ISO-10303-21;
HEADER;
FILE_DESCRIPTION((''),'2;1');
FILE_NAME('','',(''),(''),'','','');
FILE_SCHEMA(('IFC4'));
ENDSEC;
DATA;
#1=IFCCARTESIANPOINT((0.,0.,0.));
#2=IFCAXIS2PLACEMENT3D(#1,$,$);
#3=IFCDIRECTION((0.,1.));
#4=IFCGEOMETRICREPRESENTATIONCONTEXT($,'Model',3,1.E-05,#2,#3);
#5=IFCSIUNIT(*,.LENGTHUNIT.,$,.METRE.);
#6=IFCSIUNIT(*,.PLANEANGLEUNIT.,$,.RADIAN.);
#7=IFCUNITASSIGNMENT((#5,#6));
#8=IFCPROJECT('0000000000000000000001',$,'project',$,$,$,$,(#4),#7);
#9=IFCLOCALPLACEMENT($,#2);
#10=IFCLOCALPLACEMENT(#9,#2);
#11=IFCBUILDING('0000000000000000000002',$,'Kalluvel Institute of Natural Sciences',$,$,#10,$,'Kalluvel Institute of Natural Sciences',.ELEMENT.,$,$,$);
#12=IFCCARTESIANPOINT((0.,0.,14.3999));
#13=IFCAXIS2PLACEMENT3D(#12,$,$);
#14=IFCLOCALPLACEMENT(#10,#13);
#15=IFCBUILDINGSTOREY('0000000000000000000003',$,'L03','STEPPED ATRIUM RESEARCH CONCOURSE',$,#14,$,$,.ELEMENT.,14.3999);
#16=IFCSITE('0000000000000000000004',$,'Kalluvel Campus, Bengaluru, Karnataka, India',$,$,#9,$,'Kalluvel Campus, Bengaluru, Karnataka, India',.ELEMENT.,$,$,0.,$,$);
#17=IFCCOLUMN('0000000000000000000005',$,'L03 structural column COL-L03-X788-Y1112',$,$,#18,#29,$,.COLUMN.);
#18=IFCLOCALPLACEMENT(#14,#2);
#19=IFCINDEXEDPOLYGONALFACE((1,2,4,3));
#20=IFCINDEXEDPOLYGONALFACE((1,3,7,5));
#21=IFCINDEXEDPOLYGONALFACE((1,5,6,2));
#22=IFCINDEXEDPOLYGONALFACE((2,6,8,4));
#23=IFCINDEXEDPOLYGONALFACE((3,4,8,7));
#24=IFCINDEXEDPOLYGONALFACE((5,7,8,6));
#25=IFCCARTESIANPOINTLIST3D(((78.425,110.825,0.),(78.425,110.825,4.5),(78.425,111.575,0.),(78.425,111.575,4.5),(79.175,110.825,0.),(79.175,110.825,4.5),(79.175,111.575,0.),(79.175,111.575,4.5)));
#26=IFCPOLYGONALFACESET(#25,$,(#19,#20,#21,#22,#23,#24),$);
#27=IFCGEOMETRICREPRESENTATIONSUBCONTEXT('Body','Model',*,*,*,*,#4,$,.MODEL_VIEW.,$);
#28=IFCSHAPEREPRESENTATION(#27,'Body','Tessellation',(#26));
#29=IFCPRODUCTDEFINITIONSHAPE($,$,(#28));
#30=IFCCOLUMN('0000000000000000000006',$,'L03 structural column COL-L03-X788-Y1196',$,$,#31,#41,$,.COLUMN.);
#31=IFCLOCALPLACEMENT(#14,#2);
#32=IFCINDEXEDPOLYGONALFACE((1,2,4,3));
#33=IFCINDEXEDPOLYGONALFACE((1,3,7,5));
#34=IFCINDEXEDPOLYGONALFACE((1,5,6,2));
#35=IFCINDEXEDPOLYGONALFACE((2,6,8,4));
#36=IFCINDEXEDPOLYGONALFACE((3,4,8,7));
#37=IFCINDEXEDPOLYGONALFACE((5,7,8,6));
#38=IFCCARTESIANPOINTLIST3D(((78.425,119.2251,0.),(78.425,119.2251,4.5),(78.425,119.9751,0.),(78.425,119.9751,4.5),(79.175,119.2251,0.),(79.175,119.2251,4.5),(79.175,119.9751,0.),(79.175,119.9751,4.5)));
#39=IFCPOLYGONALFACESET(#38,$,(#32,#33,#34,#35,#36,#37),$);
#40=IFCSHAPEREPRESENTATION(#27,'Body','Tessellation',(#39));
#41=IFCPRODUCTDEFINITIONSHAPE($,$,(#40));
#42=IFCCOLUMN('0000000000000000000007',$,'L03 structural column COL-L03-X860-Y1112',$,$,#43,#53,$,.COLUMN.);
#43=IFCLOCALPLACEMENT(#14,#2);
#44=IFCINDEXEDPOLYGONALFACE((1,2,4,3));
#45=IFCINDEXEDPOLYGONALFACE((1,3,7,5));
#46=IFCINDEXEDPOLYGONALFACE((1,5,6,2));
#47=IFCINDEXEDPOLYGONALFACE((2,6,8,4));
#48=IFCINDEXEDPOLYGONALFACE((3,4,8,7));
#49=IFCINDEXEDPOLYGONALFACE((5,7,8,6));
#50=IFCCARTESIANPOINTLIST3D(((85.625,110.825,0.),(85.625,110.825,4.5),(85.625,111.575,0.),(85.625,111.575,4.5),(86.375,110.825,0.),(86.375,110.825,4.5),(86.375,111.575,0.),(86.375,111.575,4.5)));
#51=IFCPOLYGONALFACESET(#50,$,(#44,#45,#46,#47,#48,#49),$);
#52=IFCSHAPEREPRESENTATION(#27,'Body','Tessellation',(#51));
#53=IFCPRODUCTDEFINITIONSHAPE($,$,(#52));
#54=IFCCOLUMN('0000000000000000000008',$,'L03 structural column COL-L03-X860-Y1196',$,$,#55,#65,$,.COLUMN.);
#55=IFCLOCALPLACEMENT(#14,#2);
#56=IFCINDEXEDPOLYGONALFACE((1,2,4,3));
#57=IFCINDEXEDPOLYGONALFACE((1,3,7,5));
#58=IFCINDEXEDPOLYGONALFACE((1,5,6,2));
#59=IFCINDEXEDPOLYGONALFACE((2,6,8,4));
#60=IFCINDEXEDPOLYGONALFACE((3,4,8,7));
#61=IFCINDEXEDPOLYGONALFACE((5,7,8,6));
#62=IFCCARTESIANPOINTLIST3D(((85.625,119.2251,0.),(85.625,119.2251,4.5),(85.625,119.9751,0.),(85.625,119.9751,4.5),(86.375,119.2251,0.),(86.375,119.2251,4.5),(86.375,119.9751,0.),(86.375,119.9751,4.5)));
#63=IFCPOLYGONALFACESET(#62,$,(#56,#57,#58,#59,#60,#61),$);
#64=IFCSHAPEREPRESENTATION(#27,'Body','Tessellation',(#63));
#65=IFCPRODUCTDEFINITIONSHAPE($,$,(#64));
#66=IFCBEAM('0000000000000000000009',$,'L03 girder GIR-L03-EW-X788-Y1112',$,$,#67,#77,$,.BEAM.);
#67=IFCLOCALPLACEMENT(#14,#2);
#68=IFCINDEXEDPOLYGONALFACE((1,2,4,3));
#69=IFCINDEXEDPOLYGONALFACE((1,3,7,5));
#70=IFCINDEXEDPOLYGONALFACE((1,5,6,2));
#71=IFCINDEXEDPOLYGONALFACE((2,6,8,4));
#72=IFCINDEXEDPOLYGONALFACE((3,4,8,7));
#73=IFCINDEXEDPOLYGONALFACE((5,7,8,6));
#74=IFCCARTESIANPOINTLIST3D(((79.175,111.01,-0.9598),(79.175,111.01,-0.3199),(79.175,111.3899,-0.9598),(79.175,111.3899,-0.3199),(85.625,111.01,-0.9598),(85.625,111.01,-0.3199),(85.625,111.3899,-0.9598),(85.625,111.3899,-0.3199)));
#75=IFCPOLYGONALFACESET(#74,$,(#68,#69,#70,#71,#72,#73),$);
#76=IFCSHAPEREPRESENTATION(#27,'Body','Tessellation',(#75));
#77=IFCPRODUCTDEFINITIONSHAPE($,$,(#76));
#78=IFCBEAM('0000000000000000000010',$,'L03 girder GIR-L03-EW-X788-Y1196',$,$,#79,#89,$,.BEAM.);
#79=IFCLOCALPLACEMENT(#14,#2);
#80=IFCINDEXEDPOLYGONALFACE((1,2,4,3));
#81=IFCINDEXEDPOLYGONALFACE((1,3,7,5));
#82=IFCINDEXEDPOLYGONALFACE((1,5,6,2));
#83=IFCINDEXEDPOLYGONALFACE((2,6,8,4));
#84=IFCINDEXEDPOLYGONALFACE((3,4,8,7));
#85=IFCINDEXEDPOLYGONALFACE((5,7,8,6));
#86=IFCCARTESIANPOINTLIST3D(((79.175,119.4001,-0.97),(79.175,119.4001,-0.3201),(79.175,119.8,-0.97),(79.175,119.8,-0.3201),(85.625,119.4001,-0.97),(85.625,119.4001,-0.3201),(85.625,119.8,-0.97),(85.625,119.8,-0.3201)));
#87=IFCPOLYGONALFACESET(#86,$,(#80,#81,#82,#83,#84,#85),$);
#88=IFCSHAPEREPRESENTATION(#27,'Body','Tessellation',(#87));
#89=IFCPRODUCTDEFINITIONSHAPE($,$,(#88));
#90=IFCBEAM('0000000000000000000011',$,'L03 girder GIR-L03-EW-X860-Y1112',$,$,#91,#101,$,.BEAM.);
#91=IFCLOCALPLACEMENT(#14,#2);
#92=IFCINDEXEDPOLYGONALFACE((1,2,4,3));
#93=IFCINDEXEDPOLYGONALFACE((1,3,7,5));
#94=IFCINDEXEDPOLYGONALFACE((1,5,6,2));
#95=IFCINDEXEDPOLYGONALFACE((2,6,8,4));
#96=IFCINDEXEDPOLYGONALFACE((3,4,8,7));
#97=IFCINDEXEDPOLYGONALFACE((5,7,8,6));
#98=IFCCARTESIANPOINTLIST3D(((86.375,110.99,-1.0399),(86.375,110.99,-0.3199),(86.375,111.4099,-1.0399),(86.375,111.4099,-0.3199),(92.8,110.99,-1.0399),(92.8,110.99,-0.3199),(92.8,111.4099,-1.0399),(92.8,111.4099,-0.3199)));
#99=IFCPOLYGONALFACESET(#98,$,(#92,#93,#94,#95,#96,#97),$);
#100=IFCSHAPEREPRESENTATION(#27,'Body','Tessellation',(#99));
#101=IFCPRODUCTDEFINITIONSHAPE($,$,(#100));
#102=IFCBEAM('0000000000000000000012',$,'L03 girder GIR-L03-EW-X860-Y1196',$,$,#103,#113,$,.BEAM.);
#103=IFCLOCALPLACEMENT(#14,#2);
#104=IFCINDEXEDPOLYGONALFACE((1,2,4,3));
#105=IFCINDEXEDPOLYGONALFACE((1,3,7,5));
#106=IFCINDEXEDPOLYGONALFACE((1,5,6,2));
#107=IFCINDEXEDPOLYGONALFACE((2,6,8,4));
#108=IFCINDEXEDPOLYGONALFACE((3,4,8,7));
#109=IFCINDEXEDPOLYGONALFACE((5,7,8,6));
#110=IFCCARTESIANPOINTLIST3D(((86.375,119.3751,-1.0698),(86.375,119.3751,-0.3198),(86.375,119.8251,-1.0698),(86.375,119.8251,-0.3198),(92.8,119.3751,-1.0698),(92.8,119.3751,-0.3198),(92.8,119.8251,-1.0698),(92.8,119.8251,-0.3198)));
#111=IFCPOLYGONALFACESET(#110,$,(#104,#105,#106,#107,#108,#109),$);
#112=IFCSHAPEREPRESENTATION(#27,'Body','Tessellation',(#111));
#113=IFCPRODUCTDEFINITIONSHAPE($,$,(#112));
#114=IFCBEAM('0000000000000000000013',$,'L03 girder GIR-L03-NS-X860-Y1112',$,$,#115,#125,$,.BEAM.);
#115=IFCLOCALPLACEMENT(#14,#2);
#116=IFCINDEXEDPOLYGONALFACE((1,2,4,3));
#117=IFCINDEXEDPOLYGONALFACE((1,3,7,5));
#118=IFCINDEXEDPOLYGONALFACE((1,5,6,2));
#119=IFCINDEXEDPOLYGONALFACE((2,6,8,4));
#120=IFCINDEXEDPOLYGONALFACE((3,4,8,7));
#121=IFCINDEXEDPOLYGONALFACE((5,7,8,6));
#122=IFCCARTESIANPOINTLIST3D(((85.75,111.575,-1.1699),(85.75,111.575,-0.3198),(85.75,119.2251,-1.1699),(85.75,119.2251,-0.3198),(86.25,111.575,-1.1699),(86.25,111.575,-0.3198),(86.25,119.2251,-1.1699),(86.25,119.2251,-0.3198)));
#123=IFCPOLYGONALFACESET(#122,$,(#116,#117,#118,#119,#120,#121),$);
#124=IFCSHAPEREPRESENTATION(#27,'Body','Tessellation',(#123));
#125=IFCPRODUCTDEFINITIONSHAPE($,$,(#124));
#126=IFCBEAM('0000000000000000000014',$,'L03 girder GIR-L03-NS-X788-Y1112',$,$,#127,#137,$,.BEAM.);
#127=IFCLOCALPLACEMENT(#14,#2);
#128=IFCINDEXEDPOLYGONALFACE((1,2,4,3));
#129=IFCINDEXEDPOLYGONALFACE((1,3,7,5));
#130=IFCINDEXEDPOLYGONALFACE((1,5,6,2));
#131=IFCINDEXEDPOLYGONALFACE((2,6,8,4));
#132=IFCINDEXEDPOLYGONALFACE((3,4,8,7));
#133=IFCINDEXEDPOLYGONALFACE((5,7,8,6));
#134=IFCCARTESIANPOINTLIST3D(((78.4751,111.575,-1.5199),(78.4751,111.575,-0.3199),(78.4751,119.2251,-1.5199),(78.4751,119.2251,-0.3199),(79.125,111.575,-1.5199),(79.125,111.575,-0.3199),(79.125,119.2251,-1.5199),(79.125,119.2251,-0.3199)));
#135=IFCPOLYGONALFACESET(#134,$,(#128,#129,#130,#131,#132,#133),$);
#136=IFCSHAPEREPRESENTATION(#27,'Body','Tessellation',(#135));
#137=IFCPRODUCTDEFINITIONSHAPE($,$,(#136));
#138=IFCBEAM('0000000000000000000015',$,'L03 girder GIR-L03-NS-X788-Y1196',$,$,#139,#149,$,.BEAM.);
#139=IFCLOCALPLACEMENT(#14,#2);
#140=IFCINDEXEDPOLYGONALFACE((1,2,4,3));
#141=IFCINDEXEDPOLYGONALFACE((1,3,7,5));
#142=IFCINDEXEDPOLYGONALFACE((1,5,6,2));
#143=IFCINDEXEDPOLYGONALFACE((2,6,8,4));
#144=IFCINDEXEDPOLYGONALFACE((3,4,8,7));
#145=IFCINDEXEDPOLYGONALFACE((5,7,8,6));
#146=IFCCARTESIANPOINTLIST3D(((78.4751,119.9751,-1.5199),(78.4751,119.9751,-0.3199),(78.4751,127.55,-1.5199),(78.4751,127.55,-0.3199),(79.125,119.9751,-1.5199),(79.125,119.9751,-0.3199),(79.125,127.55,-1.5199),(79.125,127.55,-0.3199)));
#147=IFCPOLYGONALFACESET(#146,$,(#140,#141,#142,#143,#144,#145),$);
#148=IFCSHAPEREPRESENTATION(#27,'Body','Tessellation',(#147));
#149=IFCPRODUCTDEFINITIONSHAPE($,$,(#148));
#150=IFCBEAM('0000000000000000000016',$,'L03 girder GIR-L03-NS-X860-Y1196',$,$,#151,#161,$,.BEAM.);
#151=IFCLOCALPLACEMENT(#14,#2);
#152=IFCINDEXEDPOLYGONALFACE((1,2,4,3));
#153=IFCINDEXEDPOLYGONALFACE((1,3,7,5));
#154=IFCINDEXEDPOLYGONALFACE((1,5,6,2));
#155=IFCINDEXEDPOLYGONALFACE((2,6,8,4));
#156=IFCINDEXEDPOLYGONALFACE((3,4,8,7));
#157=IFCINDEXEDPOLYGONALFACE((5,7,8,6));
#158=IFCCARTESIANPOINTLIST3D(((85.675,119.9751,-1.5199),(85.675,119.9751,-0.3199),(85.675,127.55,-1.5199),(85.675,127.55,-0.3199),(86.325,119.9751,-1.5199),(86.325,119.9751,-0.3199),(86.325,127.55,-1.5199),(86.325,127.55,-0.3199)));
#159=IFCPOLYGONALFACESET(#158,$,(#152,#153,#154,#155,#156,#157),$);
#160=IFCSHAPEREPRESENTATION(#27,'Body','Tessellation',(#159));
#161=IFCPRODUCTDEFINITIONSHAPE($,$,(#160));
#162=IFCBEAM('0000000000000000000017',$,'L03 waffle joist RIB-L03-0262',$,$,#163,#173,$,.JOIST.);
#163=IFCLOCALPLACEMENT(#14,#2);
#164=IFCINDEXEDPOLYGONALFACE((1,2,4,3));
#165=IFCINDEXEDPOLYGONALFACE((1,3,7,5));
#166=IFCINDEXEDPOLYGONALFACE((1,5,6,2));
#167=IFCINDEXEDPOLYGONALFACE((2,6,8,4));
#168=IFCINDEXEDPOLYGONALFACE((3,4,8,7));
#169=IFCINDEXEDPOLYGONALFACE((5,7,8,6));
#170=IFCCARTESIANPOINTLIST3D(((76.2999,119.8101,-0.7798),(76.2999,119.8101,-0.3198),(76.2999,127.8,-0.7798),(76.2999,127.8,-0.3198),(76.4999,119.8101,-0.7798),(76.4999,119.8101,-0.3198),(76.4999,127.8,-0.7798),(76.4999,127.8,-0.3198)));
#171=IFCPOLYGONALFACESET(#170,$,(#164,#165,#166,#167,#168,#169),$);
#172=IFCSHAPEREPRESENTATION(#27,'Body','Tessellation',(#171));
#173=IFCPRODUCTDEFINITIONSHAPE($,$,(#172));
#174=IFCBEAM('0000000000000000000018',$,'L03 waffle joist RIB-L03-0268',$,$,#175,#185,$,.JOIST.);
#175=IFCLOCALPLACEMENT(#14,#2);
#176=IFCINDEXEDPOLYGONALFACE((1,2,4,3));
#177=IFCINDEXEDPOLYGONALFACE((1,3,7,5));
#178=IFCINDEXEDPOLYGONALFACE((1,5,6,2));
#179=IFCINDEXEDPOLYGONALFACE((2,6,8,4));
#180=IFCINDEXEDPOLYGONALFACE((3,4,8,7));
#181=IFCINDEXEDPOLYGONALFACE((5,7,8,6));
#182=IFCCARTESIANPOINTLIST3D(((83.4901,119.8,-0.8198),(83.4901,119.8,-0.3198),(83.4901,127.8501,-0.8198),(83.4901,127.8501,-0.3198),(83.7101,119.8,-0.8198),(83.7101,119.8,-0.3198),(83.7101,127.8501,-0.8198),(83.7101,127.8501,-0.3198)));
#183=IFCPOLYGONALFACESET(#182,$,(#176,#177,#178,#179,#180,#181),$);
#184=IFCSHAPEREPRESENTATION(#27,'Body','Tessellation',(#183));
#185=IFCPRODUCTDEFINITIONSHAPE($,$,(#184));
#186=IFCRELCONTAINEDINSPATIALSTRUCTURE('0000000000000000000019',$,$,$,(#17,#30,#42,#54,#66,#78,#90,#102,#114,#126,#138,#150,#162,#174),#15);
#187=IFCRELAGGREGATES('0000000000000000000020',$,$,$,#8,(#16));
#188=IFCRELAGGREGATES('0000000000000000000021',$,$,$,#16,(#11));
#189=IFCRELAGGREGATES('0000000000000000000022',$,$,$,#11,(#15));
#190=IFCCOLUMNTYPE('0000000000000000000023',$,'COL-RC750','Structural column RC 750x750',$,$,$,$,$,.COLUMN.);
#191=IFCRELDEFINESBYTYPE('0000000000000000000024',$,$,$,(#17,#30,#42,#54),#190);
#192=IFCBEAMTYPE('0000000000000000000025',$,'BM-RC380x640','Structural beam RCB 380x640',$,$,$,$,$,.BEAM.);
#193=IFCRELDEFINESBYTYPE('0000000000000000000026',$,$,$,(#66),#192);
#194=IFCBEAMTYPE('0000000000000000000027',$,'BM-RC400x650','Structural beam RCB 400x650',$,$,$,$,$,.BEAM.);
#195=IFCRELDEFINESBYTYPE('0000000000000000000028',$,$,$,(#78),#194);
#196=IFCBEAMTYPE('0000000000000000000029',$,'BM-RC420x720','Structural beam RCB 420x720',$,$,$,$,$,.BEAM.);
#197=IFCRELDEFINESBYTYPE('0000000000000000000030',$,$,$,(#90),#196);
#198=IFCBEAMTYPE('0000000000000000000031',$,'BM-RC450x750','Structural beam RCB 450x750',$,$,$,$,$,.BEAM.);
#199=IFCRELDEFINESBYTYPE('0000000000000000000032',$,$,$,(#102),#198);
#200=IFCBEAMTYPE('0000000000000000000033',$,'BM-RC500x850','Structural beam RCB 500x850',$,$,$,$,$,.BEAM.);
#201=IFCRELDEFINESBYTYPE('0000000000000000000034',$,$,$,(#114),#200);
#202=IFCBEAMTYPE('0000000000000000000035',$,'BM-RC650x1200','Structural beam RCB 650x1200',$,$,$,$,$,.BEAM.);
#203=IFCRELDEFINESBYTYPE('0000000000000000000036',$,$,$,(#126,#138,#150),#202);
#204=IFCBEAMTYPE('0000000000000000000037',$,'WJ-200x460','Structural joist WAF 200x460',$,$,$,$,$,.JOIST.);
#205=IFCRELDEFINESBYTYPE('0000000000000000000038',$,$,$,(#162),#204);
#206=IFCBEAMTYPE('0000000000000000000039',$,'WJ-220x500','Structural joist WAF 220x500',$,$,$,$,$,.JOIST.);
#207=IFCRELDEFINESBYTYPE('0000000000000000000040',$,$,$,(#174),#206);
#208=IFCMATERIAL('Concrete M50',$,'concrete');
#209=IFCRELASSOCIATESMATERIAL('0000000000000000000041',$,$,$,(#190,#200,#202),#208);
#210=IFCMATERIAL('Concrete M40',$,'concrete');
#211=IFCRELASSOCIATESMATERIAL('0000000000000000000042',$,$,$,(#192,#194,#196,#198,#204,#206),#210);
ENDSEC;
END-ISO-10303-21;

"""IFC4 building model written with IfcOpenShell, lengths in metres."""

from ifc_helpers import new_model, si_unit, direction, frame, origin, origin_2d, place, context, subcontext, project, spatial, rectangle, extrude, material, material_profile, profile_set, type_object, element, save


model = new_model("IFC4")

# Units and contexts
model_context = context("Model", 3, precision=1e-05, world=origin(), true_north=direction((0.0, 1.0)))
body_context = subcontext(model_context, "Body", "Model", "MODEL_VIEW")
ifc_project = project(units=[si_unit("LENGTHUNIT", "METRE"), si_unit("PLANEANGLEUNIT", "RADIAN")], contexts=[model_context])

# Site, building, storey
site_placement = place(None, origin())
site = spatial("IfcSite", under=ifc_project, at=site_placement, Name="Kalluvel Campus, Bengaluru, Karnataka, India", LongName="Kalluvel Campus, Bengaluru, Karnataka, India", CompositionType="ELEMENT", RefElevation=0.0)
building_placement = place(site_placement, origin())
building = spatial("IfcBuilding", under=site, at=building_placement, Name="Kalluvel Institute of Natural Sciences", LongName="Kalluvel Institute of Natural Sciences", CompositionType="ELEMENT")
storey_placement = place(building_placement, frame((0.0, 0.0, 14.3999)))
storey = spatial("IfcBuildingStorey", under=building, at=storey_placement, Name="L03", Description="STEPPED ATRIUM RESEARCH CONCOURSE", CompositionType="ELEMENT", Elevation=14.3999)

# Columns
ifc_material_1 = material(Name="Concrete M50", Category="concrete")
ifc_material_profile_1 = material_profile(ifc_material_1, rectangle(XDim=0.75, YDim=0.75, at=origin_2d()), Name="RC 750x750")
ifc_profile_set_1 = profile_set([ifc_material_profile_1], Name="Concrete M50")
column_type = type_object("IfcColumnType", Name="COL-RC750", Description="Structural column RC 750x750", PredefinedType="COLUMN", material=ifc_profile_set_1)
for number, where, z_axis, x_axis, name in (
    (1, (78.8, 111.2, 0.0), (0.0, 0.0, 1.0), (1.0, 0.0, 0.0), "L03 structural column COL-L03-X788-Y1112"),
    (2, (78.8, 119.6001, 0.0), (0.0, 0.0, 1.0), (1.0, 0.0, 0.0), "L03 structural column COL-L03-X788-Y1196"),
    (3, (86.0, 111.2, 0.0), (0.0, 0.0, 1.0), (1.0, 0.0, 0.0), "L03 structural column COL-L03-X860-Y1112"),
    (4, (86.0, 119.6001, 0.0), (0.0, 0.0, 1.0), (1.0, 0.0, 0.0), "L03 structural column COL-L03-X860-Y1196"),
):
    element("IfcColumn", number, at=place(storey_placement, frame(where, z_axis=z_axis, x_axis=x_axis)), inside=storey, type_object=column_type, Name=name, PredefinedType="COLUMN", context=body_context, shape_type="SweptSolid", body=[
        extrude(rectangle(XDim=0.75, YDim=0.75, at=origin_2d()), origin(), (0.0, 0.0, 1.0), 4.5),
    ])

# Beams
ifc_material_2 = material(Name="Concrete M40", Category="concrete")
ifc_material_profile_2 = material_profile(ifc_material_2, rectangle(XDim=0.3799, YDim=0.6399, at=origin_2d()), Name="RCB 380x640")
ifc_profile_set_2 = profile_set([ifc_material_profile_2], Name="Concrete M40")
beam_type_1 = type_object("IfcBeamType", Name="BM-RC380x640", Description="Structural beam RCB 380x640", PredefinedType="BEAM", material=ifc_profile_set_2)
beam_1_placement = place(storey_placement, frame((79.175, 111.2, -0.6399), z_axis=(1.0, 0.0, 0.0), x_axis=(0.0, 1.0, 0.0)))
element("IfcBeam", 5, at=beam_1_placement, inside=storey, type_object=beam_type_1, Name="L03 girder GIR-L03-EW-X788-Y1112", PredefinedType="BEAM", context=body_context, shape_type="SweptSolid", body=[
    extrude(rectangle(XDim=0.3799, YDim=0.6399, at=origin_2d()), origin(), (0.0, 0.0, 1.0), 6.45),
])
ifc_material_profile_3 = material_profile(ifc_material_2, rectangle(XDim=0.3999, YDim=0.6499, at=origin_2d()), Name="RCB 400x650")
ifc_profile_set_3 = profile_set([ifc_material_profile_3], Name="Concrete M40")
beam_type_2 = type_object("IfcBeamType", Name="BM-RC400x650", Description="Structural beam RCB 400x650", PredefinedType="BEAM", material=ifc_profile_set_3)
beam_2_placement = place(storey_placement, frame((79.175, 119.6001, -0.645), z_axis=(1.0, 0.0, 0.0), x_axis=(0.0, 1.0, 0.0)))
element("IfcBeam", 6, at=beam_2_placement, inside=storey, type_object=beam_type_2, Name="L03 girder GIR-L03-EW-X788-Y1196", PredefinedType="BEAM", context=body_context, shape_type="SweptSolid", body=[
    extrude(rectangle(XDim=0.3999, YDim=0.6499, at=origin_2d()), origin(), (0.0, 0.0, 1.0), 6.45),
])
ifc_material_profile_4 = material_profile(ifc_material_2, rectangle(XDim=0.4199, YDim=0.72, at=origin_2d()), Name="RCB 420x720")
ifc_profile_set_4 = profile_set([ifc_material_profile_4], Name="Concrete M40")
beam_type_3 = type_object("IfcBeamType", Name="BM-RC420x720", Description="Structural beam RCB 420x720", PredefinedType="BEAM", material=ifc_profile_set_4)
beam_3_placement = place(storey_placement, frame((86.375, 111.2, -0.6799), z_axis=(1.0, 0.0, 0.0), x_axis=(0.0, 1.0, 0.0)))
element("IfcBeam", 7, at=beam_3_placement, inside=storey, type_object=beam_type_3, Name="L03 girder GIR-L03-EW-X860-Y1112", PredefinedType="BEAM", context=body_context, shape_type="SweptSolid", body=[
    extrude(rectangle(XDim=0.4199, YDim=0.72, at=origin_2d()), origin(), (0.0, 0.0, 1.0), 6.425),
])
ifc_material_profile_5 = material_profile(ifc_material_2, rectangle(XDim=0.45, YDim=0.75, at=origin_2d()), Name="RCB 450x750")
ifc_profile_set_5 = profile_set([ifc_material_profile_5], Name="Concrete M40")
beam_type_4 = type_object("IfcBeamType", Name="BM-RC450x750", Description="Structural beam RCB 450x750", PredefinedType="BEAM", material=ifc_profile_set_5)
beam_4_placement = place(storey_placement, frame((86.375, 119.6001, -0.6948), z_axis=(1.0, 0.0, 0.0), x_axis=(0.0, 1.0, 0.0)))
element("IfcBeam", 8, at=beam_4_placement, inside=storey, type_object=beam_type_4, Name="L03 girder GIR-L03-EW-X860-Y1196", PredefinedType="BEAM", context=body_context, shape_type="SweptSolid", body=[
    extrude(rectangle(XDim=0.45, YDim=0.75, at=origin_2d()), origin(), (0.0, 0.0, 1.0), 6.425),
])
ifc_material_profile_6 = material_profile(ifc_material_1, rectangle(XDim=0.5, YDim=0.8501, at=origin_2d()), Name="RCB 500x850")
ifc_profile_set_6 = profile_set([ifc_material_profile_6], Name="Concrete M50")
beam_type_5 = type_object("IfcBeamType", Name="BM-RC500x850", Description="Structural beam RCB 500x850", PredefinedType="BEAM", material=ifc_profile_set_6)
beam_5_placement = place(storey_placement, frame((86.0, 111.575, -0.7449), z_axis=(0.0, 1.0, 0.0), x_axis=(-1.0, 0.0, 0.0)))
element("IfcBeam", 9, at=beam_5_placement, inside=storey, type_object=beam_type_5, Name="L03 girder GIR-L03-NS-X860-Y1112", PredefinedType="BEAM", context=body_context, shape_type="SweptSolid", body=[
    extrude(rectangle(XDim=0.5, YDim=0.8501, at=origin_2d()), origin(), (0.0, 0.0, 1.0), 7.6501),
])
ifc_material_profile_7 = material_profile(ifc_material_1, rectangle(XDim=0.6499, YDim=1.2, at=origin_2d()), Name="RCB 650x1200")
ifc_profile_set_7 = profile_set([ifc_material_profile_7], Name="Concrete M50")
beam_type_6 = type_object("IfcBeamType", Name="BM-RC650x1200", Description="Structural beam RCB 650x1200", PredefinedType="BEAM", material=ifc_profile_set_7)
beam_6_placement = place(storey_placement, frame((78.8, 111.575, -0.9199), z_axis=(0.0, 1.0, 0.0), x_axis=(-1.0, 0.0, 0.0)))
element("IfcBeam", 10, at=beam_6_placement, inside=storey, type_object=beam_type_6, Name="L03 girder GIR-L03-NS-X788-Y1112", PredefinedType="BEAM", context=body_context, shape_type="SweptSolid", body=[
    extrude(rectangle(XDim=0.6499, YDim=1.2, at=origin_2d()), origin(), (0.0, 0.0, 1.0), 7.6501),
])
for number, where, z_axis, x_axis, name in (
    (11, (78.8, 119.9751, -0.9199), (0.0, 1.0, 0.0), (-1.0, 0.0, 0.0), "L03 girder GIR-L03-NS-X788-Y1196"),
    (12, (86.0, 119.9751, -0.9199), (0.0, 1.0, 0.0), (-1.0, 0.0, 0.0), "L03 girder GIR-L03-NS-X860-Y1196"),
):
    element("IfcBeam", number, at=place(storey_placement, frame(where, z_axis=z_axis, x_axis=x_axis)), inside=storey, type_object=beam_type_6, Name=name, PredefinedType="BEAM", context=body_context, shape_type="SweptSolid", body=[
        extrude(rectangle(XDim=0.6499, YDim=1.2, at=origin_2d()), origin(), (0.0, 0.0, 1.0), 7.575),
    ])
ifc_material_profile_8 = material_profile(ifc_material_2, rectangle(XDim=0.2, YDim=0.46, at=origin_2d()), Name="WAF 200x460")
ifc_profile_set_8 = profile_set([ifc_material_profile_8], Name="Concrete M40")
beam_type_7 = type_object("IfcBeamType", Name="WJ-200x460", Description="Structural joist WAF 200x460", PredefinedType="JOIST", material=ifc_profile_set_8)
beam_7_placement = place(storey_placement, frame((76.3999, 119.8101, -0.5498), z_axis=(0.0, 1.0, 0.0), x_axis=(-1.0, 0.0, 0.0)))
element("IfcBeam", 13, at=beam_7_placement, inside=storey, type_object=beam_type_7, Name="L03 waffle joist RIB-L03-0262", PredefinedType="JOIST", context=body_context, shape_type="SweptSolid", body=[
    extrude(rectangle(XDim=0.2, YDim=0.46, at=origin_2d()), origin(), (0.0, 0.0, 1.0), 7.99),
])
ifc_material_profile_9 = material_profile(ifc_material_2, rectangle(XDim=0.22, YDim=0.5, at=origin_2d()), Name="WAF 220x500")
ifc_profile_set_9 = profile_set([ifc_material_profile_9], Name="Concrete M40")
beam_type_8 = type_object("IfcBeamType", Name="WJ-220x500", Description="Structural joist WAF 220x500", PredefinedType="JOIST", material=ifc_profile_set_9)
beam_8_placement = place(storey_placement, frame((83.6001, 119.8, -0.5698), z_axis=(0.0, 1.0, 0.0), x_axis=(-1.0, 0.0, 0.0)))
element("IfcBeam", 14, at=beam_8_placement, inside=storey, type_object=beam_type_8, Name="L03 waffle joist RIB-L03-0268", PredefinedType="JOIST", context=body_context, shape_type="SweptSolid", body=[
    extrude(rectangle(XDim=0.22, YDim=0.5, at=origin_2d()), origin(), (0.0, 0.0, 1.0), 8.05),
])

save(model, "model.ifc")
